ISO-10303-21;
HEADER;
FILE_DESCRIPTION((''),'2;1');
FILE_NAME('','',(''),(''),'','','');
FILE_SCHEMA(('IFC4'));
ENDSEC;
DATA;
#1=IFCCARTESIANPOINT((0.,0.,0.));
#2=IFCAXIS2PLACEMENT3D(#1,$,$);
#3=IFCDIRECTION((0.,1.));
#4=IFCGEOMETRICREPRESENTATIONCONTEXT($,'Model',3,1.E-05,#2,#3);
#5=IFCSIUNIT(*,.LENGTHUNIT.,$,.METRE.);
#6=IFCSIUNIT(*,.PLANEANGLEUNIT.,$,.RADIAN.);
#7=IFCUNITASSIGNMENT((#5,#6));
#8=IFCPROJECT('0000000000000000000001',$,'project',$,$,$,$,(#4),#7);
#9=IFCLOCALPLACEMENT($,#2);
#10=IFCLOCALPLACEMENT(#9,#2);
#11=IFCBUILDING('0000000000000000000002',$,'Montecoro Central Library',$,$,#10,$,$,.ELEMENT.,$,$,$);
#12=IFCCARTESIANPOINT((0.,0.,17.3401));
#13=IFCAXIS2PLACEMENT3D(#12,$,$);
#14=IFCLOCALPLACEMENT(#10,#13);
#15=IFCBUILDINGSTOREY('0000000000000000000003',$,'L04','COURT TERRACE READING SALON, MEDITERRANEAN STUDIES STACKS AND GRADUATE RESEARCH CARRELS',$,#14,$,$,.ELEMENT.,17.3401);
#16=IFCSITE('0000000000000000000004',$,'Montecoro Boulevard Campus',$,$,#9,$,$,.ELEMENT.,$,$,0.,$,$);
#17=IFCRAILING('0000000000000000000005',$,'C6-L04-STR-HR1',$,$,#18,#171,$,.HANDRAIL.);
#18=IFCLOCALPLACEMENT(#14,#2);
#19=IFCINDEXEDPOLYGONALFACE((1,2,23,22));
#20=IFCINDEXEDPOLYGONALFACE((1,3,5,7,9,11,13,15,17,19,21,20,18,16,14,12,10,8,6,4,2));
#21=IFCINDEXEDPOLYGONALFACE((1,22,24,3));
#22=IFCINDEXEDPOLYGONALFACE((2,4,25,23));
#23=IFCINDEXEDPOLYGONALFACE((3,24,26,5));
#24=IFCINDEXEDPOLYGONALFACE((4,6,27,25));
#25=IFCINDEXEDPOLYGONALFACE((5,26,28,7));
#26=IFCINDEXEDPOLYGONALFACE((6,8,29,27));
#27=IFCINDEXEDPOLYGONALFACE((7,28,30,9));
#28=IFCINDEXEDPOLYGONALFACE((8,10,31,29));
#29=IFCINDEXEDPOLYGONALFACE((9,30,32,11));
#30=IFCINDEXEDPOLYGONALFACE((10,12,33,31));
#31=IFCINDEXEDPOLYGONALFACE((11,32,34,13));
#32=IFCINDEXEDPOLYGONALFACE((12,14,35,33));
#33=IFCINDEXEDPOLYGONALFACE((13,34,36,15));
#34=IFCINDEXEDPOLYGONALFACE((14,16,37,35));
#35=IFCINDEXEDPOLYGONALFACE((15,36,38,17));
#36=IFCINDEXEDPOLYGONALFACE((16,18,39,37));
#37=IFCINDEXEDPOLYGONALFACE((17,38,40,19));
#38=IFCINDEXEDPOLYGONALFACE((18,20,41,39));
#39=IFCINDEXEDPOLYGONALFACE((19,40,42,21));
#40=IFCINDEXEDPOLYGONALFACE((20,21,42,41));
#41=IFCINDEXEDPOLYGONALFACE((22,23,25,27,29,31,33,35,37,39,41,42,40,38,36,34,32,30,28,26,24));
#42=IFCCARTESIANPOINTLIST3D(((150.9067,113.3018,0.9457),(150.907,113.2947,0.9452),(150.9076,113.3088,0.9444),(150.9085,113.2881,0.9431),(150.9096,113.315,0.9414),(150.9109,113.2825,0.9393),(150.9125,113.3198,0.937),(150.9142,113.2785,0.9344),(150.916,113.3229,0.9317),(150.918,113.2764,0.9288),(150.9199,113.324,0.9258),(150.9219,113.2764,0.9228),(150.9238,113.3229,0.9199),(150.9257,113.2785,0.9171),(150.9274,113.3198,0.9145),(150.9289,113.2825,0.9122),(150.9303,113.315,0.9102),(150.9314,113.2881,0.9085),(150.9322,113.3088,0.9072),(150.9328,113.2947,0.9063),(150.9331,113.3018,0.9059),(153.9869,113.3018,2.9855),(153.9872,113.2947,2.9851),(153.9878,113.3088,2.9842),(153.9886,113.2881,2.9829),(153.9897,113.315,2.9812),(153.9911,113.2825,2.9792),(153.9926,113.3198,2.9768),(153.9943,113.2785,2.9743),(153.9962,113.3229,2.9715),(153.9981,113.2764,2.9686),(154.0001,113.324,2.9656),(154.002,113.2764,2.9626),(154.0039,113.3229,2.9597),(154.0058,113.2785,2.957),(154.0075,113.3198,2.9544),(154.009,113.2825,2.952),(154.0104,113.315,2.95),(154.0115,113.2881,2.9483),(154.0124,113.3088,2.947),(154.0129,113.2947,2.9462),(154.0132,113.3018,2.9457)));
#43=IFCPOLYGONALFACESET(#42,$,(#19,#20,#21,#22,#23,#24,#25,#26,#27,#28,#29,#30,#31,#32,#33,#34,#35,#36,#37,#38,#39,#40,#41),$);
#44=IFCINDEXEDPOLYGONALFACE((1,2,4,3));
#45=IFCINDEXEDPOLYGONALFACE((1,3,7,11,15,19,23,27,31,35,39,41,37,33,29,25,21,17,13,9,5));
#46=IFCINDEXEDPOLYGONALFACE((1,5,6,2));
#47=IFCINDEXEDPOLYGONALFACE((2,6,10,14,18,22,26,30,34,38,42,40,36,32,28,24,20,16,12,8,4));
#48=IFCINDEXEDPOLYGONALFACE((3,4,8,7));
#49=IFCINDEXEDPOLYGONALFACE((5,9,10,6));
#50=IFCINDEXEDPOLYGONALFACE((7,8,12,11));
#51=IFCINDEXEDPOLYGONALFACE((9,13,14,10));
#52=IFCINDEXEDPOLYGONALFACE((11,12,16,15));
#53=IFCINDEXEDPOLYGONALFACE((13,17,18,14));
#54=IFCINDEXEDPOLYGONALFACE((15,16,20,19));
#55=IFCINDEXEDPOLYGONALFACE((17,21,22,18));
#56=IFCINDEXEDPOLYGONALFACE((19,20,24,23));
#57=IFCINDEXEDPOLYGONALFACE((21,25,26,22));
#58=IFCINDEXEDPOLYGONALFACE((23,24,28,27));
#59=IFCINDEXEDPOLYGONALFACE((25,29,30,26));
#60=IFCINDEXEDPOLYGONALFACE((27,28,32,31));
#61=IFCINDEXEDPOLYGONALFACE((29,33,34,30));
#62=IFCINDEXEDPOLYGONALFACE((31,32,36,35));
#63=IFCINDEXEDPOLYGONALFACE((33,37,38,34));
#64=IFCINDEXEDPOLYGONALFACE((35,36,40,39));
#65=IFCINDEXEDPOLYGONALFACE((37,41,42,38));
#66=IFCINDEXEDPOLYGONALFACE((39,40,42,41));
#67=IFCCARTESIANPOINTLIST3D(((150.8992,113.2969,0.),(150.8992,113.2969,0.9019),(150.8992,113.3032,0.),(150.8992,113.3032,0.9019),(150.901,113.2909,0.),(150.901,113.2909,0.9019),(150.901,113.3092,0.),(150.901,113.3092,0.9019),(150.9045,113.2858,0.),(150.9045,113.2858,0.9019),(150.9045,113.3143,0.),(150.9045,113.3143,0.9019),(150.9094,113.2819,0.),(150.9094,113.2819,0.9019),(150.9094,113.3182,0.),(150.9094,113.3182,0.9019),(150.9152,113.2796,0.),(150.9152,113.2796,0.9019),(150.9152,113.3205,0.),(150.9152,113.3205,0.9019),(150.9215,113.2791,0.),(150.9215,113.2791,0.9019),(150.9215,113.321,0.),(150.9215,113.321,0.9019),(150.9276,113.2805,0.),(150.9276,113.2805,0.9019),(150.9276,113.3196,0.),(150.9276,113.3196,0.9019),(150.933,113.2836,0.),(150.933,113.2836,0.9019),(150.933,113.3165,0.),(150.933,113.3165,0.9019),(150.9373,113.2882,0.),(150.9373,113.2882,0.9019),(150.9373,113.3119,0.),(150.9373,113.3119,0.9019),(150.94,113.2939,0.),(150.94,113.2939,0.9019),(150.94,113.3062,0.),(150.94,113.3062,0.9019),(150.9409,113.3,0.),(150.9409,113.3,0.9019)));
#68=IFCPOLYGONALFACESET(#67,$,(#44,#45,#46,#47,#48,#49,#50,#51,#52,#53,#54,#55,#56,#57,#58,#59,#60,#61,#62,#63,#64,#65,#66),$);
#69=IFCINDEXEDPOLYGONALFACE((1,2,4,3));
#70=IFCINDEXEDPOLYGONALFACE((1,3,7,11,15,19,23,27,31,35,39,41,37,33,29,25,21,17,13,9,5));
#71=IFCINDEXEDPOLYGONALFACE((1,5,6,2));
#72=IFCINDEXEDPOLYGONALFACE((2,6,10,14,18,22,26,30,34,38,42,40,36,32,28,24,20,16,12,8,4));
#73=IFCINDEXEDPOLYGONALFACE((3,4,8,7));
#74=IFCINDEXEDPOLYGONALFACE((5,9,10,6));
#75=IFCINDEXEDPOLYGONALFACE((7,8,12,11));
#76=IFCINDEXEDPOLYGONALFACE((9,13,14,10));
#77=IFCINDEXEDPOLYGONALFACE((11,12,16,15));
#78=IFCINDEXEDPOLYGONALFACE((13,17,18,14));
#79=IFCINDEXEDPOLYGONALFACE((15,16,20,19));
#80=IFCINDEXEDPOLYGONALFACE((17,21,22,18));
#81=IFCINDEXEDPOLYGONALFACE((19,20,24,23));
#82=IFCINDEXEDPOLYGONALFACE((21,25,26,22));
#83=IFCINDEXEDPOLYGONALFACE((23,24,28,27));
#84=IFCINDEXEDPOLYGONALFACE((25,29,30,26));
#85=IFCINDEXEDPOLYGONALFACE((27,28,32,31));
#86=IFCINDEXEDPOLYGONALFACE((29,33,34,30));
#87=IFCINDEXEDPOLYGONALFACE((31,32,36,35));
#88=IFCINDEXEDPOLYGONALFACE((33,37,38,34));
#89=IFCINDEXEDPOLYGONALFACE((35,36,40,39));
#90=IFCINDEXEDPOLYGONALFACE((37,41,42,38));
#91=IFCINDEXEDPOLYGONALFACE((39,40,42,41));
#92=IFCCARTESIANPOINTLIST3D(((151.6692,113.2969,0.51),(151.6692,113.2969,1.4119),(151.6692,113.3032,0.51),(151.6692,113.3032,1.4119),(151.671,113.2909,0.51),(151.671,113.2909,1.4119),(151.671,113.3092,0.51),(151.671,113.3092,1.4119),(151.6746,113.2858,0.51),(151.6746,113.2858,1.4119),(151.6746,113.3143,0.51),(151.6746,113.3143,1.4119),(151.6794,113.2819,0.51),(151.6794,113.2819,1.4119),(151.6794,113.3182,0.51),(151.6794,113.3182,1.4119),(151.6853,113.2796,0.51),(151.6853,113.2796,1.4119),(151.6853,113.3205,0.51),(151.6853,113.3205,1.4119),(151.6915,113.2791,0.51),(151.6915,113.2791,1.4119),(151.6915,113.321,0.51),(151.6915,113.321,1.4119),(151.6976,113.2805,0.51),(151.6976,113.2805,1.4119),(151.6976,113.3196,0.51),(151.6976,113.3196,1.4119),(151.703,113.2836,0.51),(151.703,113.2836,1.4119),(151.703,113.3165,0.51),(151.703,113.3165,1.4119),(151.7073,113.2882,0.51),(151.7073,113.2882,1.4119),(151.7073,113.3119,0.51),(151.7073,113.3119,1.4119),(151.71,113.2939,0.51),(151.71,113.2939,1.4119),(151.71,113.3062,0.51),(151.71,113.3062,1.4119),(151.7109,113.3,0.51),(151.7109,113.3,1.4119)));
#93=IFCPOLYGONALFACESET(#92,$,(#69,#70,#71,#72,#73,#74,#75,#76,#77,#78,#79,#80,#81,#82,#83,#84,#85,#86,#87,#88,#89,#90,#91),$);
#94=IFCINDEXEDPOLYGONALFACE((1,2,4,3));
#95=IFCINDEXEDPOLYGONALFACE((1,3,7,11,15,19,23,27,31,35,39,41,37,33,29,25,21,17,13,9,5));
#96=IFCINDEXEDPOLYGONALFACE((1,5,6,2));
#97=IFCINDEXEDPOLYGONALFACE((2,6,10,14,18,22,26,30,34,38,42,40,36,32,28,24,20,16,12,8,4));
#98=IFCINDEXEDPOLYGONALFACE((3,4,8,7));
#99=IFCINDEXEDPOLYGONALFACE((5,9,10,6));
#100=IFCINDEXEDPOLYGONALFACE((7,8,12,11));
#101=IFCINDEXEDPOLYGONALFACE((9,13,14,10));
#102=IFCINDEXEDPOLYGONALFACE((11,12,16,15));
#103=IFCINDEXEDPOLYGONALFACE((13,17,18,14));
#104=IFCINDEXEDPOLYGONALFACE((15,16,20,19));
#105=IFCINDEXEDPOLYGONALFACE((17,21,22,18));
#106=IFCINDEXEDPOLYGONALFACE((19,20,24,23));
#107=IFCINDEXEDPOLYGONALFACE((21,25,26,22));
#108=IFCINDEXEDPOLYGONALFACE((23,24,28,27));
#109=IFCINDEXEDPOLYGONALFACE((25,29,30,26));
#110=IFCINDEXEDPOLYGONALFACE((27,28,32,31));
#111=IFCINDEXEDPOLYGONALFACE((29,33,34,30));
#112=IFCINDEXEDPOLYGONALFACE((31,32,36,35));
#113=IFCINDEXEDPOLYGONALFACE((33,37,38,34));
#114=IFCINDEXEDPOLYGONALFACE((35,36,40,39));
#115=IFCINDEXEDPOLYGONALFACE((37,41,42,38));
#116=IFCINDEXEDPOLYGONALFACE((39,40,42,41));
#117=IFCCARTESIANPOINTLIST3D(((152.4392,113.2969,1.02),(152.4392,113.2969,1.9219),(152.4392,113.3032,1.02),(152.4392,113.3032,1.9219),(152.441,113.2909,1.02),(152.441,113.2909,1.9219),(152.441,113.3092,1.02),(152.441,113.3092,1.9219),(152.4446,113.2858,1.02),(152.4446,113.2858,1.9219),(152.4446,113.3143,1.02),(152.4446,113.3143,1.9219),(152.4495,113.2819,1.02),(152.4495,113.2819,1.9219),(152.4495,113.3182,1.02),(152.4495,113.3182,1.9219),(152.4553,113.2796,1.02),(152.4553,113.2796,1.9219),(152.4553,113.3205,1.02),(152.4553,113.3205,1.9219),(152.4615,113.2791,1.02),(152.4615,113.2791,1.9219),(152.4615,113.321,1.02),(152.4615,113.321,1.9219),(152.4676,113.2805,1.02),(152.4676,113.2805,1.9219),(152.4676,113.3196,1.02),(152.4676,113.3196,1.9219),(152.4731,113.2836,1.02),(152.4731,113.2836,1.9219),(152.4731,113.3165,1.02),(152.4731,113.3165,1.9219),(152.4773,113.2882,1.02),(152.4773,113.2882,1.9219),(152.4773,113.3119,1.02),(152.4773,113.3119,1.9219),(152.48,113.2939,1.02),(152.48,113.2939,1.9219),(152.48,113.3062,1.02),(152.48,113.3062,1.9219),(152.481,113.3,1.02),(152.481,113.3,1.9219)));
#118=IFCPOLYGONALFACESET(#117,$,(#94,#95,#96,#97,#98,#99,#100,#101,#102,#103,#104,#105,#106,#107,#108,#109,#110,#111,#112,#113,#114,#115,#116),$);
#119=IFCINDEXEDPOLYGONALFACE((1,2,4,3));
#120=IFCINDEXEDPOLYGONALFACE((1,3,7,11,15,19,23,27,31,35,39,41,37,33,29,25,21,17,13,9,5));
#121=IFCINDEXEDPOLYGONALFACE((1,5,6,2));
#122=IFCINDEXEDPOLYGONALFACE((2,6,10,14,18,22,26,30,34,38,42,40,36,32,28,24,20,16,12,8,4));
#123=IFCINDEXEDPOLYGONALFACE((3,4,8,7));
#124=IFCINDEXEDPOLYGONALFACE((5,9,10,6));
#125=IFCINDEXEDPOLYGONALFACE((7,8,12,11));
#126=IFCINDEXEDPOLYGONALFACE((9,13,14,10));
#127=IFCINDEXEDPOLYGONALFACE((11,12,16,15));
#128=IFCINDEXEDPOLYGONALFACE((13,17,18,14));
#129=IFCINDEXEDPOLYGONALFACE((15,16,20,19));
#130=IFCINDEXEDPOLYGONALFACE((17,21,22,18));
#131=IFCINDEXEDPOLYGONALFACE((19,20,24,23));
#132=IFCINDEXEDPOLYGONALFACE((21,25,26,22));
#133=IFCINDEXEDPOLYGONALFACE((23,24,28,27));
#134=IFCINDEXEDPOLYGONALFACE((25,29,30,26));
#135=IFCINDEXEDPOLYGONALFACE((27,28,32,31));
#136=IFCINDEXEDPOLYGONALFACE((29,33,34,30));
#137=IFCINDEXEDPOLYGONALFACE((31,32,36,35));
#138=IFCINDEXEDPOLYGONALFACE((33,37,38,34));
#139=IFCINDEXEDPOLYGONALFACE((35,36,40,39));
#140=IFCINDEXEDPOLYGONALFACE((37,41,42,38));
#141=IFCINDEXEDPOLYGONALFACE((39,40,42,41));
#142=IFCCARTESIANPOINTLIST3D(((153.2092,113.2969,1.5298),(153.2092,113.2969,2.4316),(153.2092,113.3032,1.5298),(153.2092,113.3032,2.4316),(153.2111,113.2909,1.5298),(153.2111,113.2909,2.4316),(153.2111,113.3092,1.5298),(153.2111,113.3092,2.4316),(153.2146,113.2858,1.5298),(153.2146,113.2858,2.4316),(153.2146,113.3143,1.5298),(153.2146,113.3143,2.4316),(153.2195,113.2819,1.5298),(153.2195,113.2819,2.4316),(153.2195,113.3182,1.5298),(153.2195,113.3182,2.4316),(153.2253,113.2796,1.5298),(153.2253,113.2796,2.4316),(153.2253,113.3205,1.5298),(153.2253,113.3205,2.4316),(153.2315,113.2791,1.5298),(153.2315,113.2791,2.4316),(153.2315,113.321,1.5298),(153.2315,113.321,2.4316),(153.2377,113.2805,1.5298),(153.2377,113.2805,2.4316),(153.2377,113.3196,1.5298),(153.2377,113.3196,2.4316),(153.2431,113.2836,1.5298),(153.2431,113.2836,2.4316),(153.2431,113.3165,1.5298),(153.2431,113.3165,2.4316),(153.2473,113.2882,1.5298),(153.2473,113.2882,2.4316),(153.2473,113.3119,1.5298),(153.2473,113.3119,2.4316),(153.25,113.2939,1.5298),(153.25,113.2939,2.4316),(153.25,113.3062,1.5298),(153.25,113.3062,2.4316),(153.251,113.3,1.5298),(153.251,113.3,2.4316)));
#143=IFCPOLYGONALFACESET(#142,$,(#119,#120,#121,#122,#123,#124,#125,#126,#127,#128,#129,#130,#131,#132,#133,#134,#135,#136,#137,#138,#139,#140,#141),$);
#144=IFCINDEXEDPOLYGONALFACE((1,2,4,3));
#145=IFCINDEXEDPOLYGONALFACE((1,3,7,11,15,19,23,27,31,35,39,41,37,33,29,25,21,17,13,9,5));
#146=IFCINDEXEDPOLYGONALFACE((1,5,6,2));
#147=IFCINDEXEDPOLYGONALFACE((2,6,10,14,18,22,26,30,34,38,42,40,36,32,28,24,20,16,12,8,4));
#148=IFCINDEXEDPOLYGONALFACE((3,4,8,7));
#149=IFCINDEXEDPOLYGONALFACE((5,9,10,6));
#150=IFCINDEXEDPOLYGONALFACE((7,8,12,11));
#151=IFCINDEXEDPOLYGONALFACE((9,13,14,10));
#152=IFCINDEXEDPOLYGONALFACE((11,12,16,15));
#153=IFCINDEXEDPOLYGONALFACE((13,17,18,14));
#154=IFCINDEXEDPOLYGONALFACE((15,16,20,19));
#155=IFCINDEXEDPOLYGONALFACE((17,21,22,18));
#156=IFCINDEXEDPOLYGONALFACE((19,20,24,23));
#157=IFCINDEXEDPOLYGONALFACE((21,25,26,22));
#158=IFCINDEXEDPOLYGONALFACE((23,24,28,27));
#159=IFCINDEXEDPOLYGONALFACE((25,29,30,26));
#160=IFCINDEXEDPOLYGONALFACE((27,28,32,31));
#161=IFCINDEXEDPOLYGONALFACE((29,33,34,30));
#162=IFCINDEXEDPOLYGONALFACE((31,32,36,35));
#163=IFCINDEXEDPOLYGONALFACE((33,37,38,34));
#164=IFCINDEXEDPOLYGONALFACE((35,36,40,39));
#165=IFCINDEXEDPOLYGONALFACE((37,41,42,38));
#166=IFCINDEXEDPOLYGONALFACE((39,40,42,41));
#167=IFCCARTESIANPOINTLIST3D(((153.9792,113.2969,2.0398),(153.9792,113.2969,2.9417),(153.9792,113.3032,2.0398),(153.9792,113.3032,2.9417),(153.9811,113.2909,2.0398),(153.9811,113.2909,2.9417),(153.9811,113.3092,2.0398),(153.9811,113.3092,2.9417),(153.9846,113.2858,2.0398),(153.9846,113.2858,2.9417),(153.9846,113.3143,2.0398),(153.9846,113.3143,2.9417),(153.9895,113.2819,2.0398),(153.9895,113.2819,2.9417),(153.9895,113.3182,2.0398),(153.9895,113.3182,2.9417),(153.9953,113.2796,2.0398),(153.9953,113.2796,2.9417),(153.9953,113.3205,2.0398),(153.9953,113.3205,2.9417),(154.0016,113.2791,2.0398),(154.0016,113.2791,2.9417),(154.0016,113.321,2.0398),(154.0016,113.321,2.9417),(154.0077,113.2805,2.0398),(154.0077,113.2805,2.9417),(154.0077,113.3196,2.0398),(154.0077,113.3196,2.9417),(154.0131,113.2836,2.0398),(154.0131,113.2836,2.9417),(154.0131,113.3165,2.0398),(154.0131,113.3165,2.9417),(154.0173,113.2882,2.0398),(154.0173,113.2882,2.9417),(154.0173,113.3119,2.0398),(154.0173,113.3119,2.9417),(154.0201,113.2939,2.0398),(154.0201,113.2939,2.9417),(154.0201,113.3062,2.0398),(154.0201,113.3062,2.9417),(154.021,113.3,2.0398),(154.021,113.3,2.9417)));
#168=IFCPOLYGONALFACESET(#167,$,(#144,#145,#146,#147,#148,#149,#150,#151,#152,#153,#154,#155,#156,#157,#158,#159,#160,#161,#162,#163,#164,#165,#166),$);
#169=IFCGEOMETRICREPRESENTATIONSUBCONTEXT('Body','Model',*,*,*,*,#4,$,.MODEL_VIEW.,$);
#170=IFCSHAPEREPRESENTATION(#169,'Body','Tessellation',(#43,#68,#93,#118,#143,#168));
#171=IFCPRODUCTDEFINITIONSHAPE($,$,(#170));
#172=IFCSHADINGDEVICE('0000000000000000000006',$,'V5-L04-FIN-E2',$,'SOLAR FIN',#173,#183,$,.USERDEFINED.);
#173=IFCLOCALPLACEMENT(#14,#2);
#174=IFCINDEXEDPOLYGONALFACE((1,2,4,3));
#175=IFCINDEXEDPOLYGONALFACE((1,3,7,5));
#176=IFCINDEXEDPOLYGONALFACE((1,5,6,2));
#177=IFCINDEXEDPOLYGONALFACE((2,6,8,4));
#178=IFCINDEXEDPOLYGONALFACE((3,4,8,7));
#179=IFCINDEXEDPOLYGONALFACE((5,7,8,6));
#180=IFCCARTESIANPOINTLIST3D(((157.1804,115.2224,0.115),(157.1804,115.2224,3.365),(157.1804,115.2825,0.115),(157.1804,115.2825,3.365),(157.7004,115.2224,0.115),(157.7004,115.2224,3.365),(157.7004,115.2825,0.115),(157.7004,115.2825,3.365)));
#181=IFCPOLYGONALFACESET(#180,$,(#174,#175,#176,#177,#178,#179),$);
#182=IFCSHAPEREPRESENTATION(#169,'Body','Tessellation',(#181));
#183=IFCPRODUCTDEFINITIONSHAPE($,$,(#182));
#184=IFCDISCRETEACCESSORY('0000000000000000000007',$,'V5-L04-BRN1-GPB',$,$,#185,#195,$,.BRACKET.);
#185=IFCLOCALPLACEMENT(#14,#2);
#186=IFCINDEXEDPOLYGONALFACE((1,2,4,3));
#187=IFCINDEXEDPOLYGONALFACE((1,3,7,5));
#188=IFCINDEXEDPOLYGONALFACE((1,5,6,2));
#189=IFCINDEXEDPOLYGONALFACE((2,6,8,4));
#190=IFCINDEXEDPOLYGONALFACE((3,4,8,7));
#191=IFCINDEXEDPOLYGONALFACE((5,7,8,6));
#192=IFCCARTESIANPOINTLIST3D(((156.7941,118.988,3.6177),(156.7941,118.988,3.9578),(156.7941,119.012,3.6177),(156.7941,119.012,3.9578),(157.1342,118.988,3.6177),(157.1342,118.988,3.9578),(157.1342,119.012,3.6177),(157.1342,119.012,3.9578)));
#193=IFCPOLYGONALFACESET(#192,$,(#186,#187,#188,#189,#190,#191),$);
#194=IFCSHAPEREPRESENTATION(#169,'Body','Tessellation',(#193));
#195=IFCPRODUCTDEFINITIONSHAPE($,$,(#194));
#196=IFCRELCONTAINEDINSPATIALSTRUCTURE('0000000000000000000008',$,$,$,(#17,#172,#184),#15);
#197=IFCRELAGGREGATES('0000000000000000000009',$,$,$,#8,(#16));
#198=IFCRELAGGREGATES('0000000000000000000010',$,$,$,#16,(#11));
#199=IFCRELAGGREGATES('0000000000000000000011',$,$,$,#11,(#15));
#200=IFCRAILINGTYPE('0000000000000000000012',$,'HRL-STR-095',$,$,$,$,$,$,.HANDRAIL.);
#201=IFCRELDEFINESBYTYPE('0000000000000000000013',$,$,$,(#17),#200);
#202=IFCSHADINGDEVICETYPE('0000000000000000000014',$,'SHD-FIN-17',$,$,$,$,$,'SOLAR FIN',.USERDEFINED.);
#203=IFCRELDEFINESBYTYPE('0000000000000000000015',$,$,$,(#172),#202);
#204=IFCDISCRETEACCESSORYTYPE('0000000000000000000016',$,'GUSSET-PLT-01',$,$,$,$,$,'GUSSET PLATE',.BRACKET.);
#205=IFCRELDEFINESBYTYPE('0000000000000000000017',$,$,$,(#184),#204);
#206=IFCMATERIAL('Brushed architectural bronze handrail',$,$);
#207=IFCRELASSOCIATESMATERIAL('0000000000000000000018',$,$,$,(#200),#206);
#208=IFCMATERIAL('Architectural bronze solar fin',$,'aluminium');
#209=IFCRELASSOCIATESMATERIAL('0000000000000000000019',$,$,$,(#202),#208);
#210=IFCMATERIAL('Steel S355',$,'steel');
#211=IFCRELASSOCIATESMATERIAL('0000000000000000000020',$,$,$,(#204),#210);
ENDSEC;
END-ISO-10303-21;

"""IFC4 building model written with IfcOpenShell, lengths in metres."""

from ifc_helpers import new_model, si_unit, direction, frame, origin, origin_2d, place, context, subcontext, project, spatial, rectangle, circle, extrude, material, type_object, element, save


model = new_model("IFC4")

# Units and contexts
model_context = context("Model", 3, precision=1e-05, world=origin(), true_north=direction((0.0, 1.0)))
body_context = subcontext(model_context, "Body", "Model", "MODEL_VIEW")
ifc_project = project(units=[si_unit("LENGTHUNIT", "METRE"), si_unit("PLANEANGLEUNIT", "RADIAN")], contexts=[model_context])

# Site, building, storey
site_placement = place(None, origin())
site = spatial("IfcSite", under=ifc_project, at=site_placement, Name="Montecoro Boulevard Campus", CompositionType="ELEMENT", RefElevation=0.0)
building_placement = place(site_placement, origin())
building = spatial("IfcBuilding", under=site, at=building_placement, Name="Montecoro Central Library", CompositionType="ELEMENT")
storey_placement = place(building_placement, frame((0.0, 0.0, 17.3401)))
storey = spatial("IfcBuildingStorey", under=building, at=storey_placement, Name="L04", Description="COURT TERRACE READING SALON, MEDITERRANEAN STUDIES STACKS AND GRADUATE RESEARCH CARRELS", CompositionType="ELEMENT", Elevation=17.3401)

# Shared definitions
ifc_material_1 = material(Name="Steel S355", Category="steel")

# Railing
ifc_material_2 = material(Name="Brushed architectural bronze handrail")
railing_type_1 = type_object("IfcRailingType", Name="HRL-STR-095", PredefinedType="HANDRAIL", material=ifc_material_2)
railing_1_placement = place(storey_placement, frame((150.9199, 113.3, 0.0)))
element("IfcRailing", 1, at=railing_1_placement, inside=storey, type_object=railing_type_1, Name="C6-L04-STR-HR1", PredefinedType="HANDRAIL", context=body_context, shape_type="SweptSolid", body=[
    extrude(circle(Radius=0.0239, at=origin_2d()), frame((0.0, 0.0, 0.9258), z_axis=(0.833744, 0.0, 0.552151), x_axis=(0.0, 1.0, 0.0)), (0.0, 0.0, 1.0), 3.6943),
    extrude(circle(Radius=0.021, at=origin_2d()), origin(), (0.0, 0.0, 1.0), 0.9019),
    extrude(circle(Radius=0.021, at=origin_2d()), frame((0.77, 0.0, 0.51)), (0.0, 0.0, 1.0), 0.9019),
    extrude(circle(Radius=0.021, at=origin_2d()), frame((1.54, 0.0, 1.02)), (0.0, 0.0, 1.0), 0.9019),
    extrude(circle(Radius=0.021, at=origin_2d()), frame((2.3101, 0.0, 1.5298)), (0.0, 0.0, 1.0), 0.9019),
    extrude(circle(Radius=0.021, at=origin_2d()), frame((3.0801, 0.0, 2.0398)), (0.0, 0.0, 1.0), 0.9019),
])

# Shading device
ifc_material_3 = material(Name="Architectural bronze solar fin", Category="aluminium")
shading_device_type = type_object("IfcShadingDeviceType", Name="SHD-FIN-17", ElementType="SOLAR FIN", PredefinedType="USERDEFINED", material=ifc_material_3)
shading_device_placement = place(storey_placement, frame((157.4404, 115.2524, 0.115), z_axis=(0.0, 0.0, 1.0), x_axis=(0.0, 1.0, 0.0)))
element("IfcShadingDevice", 2, at=shading_device_placement, inside=storey, type_object=shading_device_type, Name="V5-L04-FIN-E2", ObjectType="SOLAR FIN", PredefinedType="USERDEFINED", context=body_context, shape_type="SweptSolid", body=[
    extrude(rectangle(XDim=0.0601, YDim=0.52, at=origin_2d()), origin(), (0.0, 0.0, 1.0), 3.25),
])

# Discrete accessory
discrete_accessory_type = type_object("IfcDiscreteAccessoryType", Name="GUSSET-PLT-01", ElementType="GUSSET PLATE", PredefinedType="BRACKET", material=ifc_material_1)
discrete_accessory_placement = place(storey_placement, frame((156.9641, 119.0, 3.6177), z_axis=(0.0, 0.0, 1.0), x_axis=(1.0, 0.0, 0.0)))
element("IfcDiscreteAccessory", 3, at=discrete_accessory_placement, inside=storey, type_object=discrete_accessory_type, Name="V5-L04-BRN1-GPB", PredefinedType="BRACKET", context=body_context, shape_type="SweptSolid", body=[
    extrude(rectangle(XDim=0.3401, YDim=0.0239, at=origin_2d()), origin(), (0.0, 0.0, 1.0), 0.3401),
])

save(model, "model.ifc")
